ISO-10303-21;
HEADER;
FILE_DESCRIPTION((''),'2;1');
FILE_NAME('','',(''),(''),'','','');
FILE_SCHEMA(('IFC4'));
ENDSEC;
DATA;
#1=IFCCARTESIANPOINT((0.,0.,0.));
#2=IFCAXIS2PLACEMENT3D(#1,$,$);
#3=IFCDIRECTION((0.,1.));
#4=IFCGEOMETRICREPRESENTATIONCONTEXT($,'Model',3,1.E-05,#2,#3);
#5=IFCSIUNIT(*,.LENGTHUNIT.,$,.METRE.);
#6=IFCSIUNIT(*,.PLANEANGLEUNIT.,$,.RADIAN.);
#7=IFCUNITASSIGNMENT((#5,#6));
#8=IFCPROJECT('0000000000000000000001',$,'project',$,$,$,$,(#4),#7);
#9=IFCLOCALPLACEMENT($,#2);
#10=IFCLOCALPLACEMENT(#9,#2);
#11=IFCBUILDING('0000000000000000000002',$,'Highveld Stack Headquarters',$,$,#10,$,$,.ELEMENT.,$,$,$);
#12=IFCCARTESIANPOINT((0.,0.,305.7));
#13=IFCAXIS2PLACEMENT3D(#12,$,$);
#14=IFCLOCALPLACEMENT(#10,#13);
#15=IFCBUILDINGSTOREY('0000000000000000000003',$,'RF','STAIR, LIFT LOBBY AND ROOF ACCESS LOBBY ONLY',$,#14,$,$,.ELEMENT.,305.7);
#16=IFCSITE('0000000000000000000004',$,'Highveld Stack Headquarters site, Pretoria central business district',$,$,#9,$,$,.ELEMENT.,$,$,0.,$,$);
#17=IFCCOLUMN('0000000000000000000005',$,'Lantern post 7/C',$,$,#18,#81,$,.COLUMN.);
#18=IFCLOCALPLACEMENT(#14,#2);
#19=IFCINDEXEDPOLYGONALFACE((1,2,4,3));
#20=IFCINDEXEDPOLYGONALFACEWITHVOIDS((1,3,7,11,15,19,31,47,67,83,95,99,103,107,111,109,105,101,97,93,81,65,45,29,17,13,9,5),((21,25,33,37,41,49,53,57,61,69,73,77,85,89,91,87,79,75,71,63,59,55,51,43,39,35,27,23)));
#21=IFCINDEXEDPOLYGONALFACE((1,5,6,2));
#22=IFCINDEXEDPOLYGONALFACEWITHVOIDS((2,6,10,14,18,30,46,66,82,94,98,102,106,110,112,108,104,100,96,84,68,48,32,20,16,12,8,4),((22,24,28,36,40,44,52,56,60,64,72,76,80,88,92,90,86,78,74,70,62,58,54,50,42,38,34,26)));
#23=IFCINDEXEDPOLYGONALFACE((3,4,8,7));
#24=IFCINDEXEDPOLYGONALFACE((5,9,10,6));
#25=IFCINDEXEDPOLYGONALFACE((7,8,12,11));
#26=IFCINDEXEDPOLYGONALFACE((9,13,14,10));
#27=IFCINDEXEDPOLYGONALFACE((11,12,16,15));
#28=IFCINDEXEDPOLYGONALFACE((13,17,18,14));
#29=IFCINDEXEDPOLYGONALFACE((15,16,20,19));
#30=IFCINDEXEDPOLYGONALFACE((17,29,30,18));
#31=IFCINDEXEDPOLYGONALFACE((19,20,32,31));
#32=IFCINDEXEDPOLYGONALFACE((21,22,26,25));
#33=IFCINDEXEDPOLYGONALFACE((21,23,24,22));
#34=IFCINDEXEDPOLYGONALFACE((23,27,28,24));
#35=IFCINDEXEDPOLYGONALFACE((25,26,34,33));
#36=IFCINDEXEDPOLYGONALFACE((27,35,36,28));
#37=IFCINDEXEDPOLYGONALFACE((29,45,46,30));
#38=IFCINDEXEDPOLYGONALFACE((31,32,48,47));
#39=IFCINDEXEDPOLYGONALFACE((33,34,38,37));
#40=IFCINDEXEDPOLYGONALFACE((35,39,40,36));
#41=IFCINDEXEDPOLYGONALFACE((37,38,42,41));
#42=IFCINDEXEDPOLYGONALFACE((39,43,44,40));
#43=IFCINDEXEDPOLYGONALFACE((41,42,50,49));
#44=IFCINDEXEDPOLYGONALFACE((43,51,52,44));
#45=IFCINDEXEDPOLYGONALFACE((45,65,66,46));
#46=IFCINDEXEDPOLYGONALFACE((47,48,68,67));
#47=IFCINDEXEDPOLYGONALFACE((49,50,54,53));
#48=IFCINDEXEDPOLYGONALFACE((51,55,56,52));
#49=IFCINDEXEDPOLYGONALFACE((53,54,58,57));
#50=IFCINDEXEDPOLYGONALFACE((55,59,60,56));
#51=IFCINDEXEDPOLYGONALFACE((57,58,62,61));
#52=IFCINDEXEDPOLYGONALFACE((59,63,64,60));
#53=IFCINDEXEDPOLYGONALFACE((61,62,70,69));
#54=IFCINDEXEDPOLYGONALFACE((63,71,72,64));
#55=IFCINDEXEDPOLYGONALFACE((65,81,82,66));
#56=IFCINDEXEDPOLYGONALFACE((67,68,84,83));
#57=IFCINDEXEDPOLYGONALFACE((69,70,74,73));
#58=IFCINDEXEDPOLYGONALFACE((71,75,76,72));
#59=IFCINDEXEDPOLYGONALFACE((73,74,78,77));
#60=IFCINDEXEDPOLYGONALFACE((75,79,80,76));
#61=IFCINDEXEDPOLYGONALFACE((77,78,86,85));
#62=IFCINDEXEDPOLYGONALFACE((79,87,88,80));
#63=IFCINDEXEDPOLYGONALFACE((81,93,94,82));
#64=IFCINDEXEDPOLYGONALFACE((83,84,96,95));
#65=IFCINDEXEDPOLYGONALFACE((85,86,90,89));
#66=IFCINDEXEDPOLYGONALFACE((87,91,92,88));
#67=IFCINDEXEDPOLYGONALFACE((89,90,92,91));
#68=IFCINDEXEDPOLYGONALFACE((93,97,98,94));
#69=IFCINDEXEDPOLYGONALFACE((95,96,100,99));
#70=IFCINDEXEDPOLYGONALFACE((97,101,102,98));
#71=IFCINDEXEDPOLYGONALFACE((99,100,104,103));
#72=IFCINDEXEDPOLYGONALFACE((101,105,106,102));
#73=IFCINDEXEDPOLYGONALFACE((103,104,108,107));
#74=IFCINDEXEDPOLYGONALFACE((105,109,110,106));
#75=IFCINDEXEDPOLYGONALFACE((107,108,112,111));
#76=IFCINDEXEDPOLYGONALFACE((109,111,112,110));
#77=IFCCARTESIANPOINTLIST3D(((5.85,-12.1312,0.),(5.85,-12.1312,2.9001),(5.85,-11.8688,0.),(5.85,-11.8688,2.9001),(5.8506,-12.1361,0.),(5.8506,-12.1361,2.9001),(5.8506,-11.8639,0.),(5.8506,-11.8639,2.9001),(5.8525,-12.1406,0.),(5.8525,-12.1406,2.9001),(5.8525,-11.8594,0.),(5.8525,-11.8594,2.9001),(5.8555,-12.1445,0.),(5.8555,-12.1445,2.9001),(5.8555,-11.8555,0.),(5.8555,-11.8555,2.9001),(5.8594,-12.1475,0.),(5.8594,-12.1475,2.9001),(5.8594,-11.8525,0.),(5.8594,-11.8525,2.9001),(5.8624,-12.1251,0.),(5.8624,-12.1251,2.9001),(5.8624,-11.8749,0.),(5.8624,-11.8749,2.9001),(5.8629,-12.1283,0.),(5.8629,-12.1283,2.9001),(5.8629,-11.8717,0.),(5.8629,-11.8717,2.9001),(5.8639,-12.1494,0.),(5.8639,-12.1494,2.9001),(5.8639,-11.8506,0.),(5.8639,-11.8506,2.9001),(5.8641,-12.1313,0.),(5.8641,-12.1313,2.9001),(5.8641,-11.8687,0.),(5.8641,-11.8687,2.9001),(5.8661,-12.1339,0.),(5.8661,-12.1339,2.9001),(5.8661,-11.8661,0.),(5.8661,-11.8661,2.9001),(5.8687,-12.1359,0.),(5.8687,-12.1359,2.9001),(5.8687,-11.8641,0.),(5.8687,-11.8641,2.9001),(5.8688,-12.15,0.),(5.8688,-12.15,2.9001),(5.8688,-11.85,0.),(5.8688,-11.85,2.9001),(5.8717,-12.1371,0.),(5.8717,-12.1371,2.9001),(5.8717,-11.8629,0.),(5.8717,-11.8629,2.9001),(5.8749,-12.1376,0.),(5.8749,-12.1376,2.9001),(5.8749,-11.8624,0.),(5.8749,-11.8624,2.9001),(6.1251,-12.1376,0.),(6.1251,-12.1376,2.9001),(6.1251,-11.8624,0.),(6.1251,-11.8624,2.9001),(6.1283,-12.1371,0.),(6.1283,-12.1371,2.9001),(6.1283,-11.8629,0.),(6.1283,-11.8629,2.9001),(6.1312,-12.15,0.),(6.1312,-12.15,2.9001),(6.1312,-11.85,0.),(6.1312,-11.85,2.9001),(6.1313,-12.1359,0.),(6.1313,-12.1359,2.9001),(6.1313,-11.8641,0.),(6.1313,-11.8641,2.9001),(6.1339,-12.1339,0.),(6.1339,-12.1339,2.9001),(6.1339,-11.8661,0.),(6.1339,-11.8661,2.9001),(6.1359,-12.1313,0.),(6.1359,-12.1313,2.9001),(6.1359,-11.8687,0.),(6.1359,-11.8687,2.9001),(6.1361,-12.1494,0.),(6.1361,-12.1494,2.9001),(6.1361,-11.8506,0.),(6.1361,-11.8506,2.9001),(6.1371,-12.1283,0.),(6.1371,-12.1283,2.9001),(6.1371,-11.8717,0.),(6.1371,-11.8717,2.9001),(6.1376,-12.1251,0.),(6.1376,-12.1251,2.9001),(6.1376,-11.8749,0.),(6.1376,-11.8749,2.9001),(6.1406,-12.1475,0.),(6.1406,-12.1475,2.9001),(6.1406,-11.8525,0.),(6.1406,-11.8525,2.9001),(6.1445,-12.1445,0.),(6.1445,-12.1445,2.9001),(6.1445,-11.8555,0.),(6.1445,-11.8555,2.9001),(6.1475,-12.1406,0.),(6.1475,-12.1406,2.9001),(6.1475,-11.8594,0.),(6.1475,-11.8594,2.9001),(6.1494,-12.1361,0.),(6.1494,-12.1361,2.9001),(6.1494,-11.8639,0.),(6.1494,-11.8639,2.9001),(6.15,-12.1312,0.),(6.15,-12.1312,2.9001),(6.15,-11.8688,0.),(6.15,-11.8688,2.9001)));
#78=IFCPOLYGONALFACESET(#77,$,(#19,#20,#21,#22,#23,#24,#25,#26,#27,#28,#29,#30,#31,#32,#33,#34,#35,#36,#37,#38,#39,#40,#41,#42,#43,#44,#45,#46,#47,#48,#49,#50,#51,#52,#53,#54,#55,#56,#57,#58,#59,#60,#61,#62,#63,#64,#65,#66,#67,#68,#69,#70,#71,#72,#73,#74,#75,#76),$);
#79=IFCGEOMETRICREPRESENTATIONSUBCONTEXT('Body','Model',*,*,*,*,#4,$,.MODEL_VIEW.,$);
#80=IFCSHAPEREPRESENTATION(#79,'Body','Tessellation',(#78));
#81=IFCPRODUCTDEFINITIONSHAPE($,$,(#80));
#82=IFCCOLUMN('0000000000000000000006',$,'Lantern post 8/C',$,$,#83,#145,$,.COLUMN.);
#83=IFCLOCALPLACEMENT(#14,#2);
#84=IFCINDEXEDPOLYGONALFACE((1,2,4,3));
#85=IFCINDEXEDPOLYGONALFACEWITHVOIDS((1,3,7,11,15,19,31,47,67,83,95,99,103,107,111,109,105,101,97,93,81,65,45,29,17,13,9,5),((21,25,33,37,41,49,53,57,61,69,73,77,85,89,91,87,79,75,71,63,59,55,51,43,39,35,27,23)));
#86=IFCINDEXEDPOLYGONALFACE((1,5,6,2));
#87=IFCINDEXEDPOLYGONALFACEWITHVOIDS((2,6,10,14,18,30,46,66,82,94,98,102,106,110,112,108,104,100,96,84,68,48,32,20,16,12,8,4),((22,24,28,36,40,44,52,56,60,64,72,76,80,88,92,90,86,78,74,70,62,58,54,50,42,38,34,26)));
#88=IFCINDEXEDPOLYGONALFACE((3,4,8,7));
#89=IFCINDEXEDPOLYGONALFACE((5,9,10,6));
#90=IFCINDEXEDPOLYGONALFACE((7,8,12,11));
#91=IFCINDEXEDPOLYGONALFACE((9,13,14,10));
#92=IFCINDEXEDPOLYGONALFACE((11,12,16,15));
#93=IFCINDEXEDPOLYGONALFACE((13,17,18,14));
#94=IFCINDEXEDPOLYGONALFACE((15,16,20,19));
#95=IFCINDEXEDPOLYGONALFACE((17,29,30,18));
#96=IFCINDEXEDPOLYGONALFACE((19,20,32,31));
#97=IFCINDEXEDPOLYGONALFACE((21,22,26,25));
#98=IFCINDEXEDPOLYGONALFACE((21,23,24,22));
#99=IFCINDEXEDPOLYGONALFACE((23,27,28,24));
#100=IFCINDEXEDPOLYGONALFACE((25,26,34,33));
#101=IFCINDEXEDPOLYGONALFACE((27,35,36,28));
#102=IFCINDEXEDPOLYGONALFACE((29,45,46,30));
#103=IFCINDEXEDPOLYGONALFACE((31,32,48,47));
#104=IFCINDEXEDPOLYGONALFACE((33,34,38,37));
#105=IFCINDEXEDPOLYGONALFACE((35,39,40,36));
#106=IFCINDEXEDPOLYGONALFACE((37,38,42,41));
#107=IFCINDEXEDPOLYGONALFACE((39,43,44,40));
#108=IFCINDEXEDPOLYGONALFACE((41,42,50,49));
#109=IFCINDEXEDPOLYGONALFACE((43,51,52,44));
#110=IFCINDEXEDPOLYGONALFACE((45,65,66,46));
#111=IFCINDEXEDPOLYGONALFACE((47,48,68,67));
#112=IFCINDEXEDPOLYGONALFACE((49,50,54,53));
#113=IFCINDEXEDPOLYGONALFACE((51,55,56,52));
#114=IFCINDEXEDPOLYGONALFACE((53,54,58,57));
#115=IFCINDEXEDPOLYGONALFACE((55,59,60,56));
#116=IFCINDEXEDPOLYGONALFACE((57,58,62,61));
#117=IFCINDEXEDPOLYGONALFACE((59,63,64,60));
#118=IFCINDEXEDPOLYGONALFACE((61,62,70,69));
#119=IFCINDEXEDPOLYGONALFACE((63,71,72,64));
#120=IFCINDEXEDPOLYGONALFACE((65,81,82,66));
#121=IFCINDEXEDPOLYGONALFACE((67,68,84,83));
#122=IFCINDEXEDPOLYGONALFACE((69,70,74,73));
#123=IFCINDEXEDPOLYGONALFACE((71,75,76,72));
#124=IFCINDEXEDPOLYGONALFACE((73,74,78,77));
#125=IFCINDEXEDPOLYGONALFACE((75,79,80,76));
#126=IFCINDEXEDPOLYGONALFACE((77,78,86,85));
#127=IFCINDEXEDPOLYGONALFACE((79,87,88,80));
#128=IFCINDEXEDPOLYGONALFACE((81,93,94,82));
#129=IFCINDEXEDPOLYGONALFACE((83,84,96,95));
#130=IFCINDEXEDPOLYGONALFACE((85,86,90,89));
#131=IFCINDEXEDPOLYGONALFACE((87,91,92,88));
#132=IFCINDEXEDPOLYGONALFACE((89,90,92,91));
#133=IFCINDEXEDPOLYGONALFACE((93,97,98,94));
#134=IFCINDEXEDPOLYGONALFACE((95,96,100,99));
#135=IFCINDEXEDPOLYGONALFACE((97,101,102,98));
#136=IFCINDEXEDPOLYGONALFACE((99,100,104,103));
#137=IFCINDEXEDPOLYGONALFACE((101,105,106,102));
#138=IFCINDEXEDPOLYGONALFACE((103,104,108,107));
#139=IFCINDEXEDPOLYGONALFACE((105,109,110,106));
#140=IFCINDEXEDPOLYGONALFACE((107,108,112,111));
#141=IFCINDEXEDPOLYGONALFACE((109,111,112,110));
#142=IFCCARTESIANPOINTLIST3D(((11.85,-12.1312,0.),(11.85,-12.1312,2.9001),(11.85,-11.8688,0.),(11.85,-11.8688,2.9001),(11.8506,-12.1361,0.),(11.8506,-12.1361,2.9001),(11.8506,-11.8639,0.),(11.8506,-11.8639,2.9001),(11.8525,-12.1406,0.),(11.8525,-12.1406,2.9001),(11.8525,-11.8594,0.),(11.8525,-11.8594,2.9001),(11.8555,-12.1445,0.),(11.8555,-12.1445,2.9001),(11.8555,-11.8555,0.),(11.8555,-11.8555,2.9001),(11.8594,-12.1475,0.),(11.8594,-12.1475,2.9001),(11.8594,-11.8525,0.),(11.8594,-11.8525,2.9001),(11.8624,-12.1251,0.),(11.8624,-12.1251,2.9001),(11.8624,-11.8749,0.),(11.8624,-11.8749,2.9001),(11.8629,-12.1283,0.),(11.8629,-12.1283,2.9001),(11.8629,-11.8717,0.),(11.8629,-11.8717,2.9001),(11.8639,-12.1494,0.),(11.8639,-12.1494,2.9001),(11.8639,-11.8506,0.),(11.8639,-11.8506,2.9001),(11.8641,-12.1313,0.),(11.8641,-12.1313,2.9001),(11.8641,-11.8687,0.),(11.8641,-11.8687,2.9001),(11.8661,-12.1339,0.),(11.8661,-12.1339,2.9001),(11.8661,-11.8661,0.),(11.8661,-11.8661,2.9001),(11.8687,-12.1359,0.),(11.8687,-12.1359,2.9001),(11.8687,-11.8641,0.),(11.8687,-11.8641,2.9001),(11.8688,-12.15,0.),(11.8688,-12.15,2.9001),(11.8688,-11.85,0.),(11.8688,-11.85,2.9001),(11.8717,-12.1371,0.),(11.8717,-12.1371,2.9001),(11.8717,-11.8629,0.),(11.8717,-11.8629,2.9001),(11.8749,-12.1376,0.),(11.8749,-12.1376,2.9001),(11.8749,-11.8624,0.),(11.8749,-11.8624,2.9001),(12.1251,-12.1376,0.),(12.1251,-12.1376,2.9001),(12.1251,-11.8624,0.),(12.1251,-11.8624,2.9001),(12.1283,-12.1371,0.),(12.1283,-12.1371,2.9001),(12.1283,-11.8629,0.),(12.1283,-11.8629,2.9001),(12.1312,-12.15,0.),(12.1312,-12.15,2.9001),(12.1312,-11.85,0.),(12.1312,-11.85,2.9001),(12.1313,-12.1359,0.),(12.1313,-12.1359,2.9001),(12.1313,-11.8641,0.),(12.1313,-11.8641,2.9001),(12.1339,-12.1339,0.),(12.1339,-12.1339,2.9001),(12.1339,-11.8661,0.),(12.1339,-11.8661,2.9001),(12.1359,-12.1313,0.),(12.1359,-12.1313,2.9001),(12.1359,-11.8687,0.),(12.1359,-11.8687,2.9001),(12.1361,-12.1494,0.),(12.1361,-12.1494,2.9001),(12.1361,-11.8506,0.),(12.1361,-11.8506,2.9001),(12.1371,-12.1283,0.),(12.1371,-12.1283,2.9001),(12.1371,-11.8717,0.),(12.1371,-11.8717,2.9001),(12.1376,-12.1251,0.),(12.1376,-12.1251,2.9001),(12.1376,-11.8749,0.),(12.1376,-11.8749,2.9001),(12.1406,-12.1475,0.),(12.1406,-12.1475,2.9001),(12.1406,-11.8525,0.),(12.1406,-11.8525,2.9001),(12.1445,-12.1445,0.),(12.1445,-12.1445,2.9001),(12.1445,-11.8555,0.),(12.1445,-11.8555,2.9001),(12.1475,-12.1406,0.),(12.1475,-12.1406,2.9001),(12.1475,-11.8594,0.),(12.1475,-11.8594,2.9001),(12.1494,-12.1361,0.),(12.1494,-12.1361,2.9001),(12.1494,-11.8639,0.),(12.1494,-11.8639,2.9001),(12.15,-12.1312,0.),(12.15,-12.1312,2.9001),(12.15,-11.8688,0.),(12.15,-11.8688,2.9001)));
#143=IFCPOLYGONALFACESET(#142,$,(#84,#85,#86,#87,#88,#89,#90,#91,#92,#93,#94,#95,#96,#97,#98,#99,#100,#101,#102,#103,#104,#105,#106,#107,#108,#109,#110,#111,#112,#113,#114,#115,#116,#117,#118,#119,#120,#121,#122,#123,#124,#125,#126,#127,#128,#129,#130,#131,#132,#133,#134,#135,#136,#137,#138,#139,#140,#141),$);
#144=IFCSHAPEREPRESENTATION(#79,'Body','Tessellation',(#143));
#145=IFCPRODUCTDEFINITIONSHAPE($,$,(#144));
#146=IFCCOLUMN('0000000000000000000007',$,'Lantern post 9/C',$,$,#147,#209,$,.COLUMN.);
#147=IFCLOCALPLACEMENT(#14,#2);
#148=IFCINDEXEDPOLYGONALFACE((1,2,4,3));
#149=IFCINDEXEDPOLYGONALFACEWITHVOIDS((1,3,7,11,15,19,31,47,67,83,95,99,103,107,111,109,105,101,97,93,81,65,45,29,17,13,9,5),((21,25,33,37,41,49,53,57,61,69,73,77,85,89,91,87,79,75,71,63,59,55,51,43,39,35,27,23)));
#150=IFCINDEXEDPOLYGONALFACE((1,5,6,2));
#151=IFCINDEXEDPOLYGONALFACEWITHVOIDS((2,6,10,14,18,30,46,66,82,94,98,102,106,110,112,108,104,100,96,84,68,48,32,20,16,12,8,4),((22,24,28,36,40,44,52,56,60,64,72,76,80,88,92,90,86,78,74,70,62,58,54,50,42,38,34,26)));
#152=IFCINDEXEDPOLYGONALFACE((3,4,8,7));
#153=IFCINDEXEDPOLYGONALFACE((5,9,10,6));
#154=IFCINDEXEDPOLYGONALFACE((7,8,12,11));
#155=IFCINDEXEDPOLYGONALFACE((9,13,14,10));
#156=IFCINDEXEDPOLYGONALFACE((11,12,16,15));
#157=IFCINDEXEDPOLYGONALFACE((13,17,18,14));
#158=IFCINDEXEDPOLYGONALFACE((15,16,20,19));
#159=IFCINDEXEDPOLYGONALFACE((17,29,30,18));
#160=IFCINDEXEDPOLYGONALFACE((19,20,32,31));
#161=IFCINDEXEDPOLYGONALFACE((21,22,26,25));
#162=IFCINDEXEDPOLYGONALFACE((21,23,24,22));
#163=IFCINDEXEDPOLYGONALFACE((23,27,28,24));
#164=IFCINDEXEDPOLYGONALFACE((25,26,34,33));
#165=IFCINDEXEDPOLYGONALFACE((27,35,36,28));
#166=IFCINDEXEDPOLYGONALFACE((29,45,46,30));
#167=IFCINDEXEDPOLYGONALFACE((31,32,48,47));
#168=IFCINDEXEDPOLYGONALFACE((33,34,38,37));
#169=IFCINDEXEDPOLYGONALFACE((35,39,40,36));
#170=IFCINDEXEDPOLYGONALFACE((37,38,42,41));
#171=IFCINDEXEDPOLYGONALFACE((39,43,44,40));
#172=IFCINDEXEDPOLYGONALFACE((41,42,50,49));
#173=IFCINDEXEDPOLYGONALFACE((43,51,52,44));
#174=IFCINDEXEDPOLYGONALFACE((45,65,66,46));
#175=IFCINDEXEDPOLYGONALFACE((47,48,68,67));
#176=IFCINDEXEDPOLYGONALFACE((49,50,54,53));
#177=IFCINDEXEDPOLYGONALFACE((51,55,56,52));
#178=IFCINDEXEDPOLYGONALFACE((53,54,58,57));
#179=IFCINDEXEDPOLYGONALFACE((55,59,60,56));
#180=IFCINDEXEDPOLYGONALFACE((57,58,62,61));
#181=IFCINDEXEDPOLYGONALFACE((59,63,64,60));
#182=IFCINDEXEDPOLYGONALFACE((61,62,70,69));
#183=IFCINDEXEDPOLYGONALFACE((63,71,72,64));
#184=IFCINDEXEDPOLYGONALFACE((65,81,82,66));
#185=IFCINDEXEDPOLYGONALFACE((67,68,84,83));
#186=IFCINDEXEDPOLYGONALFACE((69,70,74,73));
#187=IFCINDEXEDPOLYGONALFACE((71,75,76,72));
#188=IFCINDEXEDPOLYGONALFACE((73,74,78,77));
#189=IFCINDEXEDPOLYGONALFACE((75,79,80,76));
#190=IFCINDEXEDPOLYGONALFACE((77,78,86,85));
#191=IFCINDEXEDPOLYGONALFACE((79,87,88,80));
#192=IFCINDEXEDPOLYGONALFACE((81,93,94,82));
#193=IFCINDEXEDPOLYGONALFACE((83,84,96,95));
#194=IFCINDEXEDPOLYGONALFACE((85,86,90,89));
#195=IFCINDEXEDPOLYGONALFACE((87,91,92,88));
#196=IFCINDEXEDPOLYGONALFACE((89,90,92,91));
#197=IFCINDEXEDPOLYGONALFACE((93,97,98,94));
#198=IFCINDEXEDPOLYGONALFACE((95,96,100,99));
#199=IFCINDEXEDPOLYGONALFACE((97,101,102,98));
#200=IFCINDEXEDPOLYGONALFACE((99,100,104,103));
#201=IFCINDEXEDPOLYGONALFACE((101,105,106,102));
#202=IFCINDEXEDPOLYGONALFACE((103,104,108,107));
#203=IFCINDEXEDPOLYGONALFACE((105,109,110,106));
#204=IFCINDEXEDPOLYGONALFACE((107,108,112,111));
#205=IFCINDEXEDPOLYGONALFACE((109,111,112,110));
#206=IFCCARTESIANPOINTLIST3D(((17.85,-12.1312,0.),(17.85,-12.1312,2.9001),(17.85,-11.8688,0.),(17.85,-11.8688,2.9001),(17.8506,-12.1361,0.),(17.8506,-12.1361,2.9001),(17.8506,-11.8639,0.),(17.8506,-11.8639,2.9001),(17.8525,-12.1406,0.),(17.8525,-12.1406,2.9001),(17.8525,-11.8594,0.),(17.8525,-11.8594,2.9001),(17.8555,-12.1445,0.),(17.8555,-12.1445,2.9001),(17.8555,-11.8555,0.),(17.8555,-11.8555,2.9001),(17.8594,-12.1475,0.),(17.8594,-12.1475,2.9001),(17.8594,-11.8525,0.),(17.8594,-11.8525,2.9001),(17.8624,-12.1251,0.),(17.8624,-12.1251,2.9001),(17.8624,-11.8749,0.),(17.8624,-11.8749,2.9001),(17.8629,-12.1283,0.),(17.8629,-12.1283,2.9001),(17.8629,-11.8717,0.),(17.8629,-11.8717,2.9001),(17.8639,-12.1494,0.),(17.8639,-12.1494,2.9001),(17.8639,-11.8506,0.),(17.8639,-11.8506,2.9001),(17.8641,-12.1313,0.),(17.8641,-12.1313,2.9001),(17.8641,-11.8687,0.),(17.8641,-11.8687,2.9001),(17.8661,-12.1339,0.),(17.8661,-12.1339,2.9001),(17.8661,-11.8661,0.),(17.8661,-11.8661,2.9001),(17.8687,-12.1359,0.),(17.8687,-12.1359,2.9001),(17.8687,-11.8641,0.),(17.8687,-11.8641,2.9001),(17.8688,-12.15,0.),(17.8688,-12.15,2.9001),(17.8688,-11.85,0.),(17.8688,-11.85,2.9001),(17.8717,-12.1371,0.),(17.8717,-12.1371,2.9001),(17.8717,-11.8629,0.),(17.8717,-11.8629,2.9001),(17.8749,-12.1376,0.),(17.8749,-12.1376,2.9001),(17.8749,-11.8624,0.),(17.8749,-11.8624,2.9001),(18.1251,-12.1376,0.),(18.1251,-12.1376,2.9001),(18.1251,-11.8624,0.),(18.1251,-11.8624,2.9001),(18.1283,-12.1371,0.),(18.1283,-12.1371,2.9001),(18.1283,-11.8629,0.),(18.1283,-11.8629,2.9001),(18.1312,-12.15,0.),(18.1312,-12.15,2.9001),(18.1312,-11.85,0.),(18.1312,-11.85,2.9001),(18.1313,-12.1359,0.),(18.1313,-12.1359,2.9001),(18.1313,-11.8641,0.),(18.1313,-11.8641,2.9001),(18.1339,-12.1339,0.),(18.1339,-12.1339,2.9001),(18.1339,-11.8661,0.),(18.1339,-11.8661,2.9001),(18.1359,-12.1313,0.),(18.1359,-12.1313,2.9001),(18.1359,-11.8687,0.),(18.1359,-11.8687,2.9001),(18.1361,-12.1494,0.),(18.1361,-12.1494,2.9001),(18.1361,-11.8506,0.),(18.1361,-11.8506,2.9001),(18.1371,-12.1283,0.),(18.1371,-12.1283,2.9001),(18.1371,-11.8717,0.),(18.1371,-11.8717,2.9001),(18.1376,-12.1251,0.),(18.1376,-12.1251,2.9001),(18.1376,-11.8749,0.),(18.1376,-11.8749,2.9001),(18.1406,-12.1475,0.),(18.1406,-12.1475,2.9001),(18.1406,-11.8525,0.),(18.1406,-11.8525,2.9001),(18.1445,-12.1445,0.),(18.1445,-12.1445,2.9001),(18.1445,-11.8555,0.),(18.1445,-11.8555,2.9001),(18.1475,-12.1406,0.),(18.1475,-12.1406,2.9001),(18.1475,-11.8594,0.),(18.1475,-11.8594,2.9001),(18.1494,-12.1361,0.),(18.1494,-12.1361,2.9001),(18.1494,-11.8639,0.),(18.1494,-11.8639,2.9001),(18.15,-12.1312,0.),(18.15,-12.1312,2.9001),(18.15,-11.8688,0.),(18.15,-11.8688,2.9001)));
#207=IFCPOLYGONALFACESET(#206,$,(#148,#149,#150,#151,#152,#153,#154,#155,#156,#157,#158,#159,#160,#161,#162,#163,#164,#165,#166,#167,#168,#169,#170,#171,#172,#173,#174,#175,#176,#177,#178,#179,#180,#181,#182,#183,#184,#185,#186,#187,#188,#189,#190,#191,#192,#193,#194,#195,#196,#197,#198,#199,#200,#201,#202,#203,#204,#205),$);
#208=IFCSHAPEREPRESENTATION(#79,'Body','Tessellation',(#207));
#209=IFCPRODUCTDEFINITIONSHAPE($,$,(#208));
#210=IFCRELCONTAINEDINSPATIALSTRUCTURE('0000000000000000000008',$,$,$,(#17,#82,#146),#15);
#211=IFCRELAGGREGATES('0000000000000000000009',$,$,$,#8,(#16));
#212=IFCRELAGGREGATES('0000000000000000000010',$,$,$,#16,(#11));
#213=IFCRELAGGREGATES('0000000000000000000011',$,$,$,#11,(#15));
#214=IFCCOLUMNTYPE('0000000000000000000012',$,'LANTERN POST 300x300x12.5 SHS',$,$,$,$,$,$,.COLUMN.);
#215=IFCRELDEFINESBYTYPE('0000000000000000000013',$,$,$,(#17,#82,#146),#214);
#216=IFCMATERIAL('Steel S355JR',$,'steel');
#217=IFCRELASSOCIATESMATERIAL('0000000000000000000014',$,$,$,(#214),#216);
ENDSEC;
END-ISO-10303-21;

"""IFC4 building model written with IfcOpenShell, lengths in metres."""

from ifc_helpers import new_model, si_unit, direction, frame, origin, origin_2d, place, context, subcontext, project, spatial, hollow_rectangle, extrude, material, material_profile, profile_set, type_object, element, save


model = new_model("IFC4")

# Units and contexts
model_context = context("Model", 3, precision=1e-05, world=origin(), true_north=direction((0.0, 1.0)))
body_context = subcontext(model_context, "Body", "Model", "MODEL_VIEW")
ifc_project = project(units=[si_unit("LENGTHUNIT", "METRE"), si_unit("PLANEANGLEUNIT", "RADIAN")], contexts=[model_context])

# Site, building, storey
site_placement = place(None, origin())
site = spatial("IfcSite", under=ifc_project, at=site_placement, Name="Highveld Stack Headquarters site, Pretoria central business district", CompositionType="ELEMENT", RefElevation=0.0)
building_placement = place(site_placement, origin())
building = spatial("IfcBuilding", under=site, at=building_placement, Name="Highveld Stack Headquarters", CompositionType="ELEMENT")
storey_placement = place(building_placement, frame((0.0, 0.0, 305.7)))
storey = spatial("IfcBuildingStorey", under=building, at=storey_placement, Name="RF", Description="STAIR, LIFT LOBBY AND ROOF ACCESS LOBBY ONLY", CompositionType="ELEMENT", Elevation=305.7)

# Columns
ifc_material_1 = material(Name="Steel S355JR", Category="steel")
ifc_material_profile_1 = material_profile(ifc_material_1, hollow_rectangle(XDim=0.3, YDim=0.3, WallThickness=0.0125, InnerFilletRadius=0.0125, OuterFilletRadius=0.0188, at=origin_2d()), Name="300x300x12.5 SHS")
ifc_profile_set_1 = profile_set([ifc_material_profile_1], Name="Steel S355JR")
column_type = type_object("IfcColumnType", Name="LANTERN POST 300x300x12.5 SHS", PredefinedType="COLUMN", material=ifc_profile_set_1)
for number, where, z_axis, x_axis, name in (
    (1, (6.0, -12.0, 0.0), (0.0, 0.0, 1.0), (1.0, 0.0, 0.0), "Lantern post 7/C"),
    (2, (12.0, -12.0, 0.0), (0.0, 0.0, 1.0), (1.0, 0.0, 0.0), "Lantern post 8/C"),
    (3, (18.0, -12.0, 0.0), (0.0, 0.0, 1.0), (1.0, 0.0, 0.0), "Lantern post 9/C"),
):
    element("IfcColumn", number, at=place(storey_placement, frame(where, z_axis=z_axis, x_axis=x_axis)), inside=storey, type_object=column_type, Name=name, PredefinedType="COLUMN", context=body_context, shape_type="SweptSolid", body=[
        extrude(hollow_rectangle(XDim=0.3, YDim=0.3, WallThickness=0.0125, InnerFilletRadius=0.0125, OuterFilletRadius=0.0188, at=origin_2d()), origin(), (0.0, 0.0, 1.0), 2.9001),
    ])

save(model, "model.ifc")
